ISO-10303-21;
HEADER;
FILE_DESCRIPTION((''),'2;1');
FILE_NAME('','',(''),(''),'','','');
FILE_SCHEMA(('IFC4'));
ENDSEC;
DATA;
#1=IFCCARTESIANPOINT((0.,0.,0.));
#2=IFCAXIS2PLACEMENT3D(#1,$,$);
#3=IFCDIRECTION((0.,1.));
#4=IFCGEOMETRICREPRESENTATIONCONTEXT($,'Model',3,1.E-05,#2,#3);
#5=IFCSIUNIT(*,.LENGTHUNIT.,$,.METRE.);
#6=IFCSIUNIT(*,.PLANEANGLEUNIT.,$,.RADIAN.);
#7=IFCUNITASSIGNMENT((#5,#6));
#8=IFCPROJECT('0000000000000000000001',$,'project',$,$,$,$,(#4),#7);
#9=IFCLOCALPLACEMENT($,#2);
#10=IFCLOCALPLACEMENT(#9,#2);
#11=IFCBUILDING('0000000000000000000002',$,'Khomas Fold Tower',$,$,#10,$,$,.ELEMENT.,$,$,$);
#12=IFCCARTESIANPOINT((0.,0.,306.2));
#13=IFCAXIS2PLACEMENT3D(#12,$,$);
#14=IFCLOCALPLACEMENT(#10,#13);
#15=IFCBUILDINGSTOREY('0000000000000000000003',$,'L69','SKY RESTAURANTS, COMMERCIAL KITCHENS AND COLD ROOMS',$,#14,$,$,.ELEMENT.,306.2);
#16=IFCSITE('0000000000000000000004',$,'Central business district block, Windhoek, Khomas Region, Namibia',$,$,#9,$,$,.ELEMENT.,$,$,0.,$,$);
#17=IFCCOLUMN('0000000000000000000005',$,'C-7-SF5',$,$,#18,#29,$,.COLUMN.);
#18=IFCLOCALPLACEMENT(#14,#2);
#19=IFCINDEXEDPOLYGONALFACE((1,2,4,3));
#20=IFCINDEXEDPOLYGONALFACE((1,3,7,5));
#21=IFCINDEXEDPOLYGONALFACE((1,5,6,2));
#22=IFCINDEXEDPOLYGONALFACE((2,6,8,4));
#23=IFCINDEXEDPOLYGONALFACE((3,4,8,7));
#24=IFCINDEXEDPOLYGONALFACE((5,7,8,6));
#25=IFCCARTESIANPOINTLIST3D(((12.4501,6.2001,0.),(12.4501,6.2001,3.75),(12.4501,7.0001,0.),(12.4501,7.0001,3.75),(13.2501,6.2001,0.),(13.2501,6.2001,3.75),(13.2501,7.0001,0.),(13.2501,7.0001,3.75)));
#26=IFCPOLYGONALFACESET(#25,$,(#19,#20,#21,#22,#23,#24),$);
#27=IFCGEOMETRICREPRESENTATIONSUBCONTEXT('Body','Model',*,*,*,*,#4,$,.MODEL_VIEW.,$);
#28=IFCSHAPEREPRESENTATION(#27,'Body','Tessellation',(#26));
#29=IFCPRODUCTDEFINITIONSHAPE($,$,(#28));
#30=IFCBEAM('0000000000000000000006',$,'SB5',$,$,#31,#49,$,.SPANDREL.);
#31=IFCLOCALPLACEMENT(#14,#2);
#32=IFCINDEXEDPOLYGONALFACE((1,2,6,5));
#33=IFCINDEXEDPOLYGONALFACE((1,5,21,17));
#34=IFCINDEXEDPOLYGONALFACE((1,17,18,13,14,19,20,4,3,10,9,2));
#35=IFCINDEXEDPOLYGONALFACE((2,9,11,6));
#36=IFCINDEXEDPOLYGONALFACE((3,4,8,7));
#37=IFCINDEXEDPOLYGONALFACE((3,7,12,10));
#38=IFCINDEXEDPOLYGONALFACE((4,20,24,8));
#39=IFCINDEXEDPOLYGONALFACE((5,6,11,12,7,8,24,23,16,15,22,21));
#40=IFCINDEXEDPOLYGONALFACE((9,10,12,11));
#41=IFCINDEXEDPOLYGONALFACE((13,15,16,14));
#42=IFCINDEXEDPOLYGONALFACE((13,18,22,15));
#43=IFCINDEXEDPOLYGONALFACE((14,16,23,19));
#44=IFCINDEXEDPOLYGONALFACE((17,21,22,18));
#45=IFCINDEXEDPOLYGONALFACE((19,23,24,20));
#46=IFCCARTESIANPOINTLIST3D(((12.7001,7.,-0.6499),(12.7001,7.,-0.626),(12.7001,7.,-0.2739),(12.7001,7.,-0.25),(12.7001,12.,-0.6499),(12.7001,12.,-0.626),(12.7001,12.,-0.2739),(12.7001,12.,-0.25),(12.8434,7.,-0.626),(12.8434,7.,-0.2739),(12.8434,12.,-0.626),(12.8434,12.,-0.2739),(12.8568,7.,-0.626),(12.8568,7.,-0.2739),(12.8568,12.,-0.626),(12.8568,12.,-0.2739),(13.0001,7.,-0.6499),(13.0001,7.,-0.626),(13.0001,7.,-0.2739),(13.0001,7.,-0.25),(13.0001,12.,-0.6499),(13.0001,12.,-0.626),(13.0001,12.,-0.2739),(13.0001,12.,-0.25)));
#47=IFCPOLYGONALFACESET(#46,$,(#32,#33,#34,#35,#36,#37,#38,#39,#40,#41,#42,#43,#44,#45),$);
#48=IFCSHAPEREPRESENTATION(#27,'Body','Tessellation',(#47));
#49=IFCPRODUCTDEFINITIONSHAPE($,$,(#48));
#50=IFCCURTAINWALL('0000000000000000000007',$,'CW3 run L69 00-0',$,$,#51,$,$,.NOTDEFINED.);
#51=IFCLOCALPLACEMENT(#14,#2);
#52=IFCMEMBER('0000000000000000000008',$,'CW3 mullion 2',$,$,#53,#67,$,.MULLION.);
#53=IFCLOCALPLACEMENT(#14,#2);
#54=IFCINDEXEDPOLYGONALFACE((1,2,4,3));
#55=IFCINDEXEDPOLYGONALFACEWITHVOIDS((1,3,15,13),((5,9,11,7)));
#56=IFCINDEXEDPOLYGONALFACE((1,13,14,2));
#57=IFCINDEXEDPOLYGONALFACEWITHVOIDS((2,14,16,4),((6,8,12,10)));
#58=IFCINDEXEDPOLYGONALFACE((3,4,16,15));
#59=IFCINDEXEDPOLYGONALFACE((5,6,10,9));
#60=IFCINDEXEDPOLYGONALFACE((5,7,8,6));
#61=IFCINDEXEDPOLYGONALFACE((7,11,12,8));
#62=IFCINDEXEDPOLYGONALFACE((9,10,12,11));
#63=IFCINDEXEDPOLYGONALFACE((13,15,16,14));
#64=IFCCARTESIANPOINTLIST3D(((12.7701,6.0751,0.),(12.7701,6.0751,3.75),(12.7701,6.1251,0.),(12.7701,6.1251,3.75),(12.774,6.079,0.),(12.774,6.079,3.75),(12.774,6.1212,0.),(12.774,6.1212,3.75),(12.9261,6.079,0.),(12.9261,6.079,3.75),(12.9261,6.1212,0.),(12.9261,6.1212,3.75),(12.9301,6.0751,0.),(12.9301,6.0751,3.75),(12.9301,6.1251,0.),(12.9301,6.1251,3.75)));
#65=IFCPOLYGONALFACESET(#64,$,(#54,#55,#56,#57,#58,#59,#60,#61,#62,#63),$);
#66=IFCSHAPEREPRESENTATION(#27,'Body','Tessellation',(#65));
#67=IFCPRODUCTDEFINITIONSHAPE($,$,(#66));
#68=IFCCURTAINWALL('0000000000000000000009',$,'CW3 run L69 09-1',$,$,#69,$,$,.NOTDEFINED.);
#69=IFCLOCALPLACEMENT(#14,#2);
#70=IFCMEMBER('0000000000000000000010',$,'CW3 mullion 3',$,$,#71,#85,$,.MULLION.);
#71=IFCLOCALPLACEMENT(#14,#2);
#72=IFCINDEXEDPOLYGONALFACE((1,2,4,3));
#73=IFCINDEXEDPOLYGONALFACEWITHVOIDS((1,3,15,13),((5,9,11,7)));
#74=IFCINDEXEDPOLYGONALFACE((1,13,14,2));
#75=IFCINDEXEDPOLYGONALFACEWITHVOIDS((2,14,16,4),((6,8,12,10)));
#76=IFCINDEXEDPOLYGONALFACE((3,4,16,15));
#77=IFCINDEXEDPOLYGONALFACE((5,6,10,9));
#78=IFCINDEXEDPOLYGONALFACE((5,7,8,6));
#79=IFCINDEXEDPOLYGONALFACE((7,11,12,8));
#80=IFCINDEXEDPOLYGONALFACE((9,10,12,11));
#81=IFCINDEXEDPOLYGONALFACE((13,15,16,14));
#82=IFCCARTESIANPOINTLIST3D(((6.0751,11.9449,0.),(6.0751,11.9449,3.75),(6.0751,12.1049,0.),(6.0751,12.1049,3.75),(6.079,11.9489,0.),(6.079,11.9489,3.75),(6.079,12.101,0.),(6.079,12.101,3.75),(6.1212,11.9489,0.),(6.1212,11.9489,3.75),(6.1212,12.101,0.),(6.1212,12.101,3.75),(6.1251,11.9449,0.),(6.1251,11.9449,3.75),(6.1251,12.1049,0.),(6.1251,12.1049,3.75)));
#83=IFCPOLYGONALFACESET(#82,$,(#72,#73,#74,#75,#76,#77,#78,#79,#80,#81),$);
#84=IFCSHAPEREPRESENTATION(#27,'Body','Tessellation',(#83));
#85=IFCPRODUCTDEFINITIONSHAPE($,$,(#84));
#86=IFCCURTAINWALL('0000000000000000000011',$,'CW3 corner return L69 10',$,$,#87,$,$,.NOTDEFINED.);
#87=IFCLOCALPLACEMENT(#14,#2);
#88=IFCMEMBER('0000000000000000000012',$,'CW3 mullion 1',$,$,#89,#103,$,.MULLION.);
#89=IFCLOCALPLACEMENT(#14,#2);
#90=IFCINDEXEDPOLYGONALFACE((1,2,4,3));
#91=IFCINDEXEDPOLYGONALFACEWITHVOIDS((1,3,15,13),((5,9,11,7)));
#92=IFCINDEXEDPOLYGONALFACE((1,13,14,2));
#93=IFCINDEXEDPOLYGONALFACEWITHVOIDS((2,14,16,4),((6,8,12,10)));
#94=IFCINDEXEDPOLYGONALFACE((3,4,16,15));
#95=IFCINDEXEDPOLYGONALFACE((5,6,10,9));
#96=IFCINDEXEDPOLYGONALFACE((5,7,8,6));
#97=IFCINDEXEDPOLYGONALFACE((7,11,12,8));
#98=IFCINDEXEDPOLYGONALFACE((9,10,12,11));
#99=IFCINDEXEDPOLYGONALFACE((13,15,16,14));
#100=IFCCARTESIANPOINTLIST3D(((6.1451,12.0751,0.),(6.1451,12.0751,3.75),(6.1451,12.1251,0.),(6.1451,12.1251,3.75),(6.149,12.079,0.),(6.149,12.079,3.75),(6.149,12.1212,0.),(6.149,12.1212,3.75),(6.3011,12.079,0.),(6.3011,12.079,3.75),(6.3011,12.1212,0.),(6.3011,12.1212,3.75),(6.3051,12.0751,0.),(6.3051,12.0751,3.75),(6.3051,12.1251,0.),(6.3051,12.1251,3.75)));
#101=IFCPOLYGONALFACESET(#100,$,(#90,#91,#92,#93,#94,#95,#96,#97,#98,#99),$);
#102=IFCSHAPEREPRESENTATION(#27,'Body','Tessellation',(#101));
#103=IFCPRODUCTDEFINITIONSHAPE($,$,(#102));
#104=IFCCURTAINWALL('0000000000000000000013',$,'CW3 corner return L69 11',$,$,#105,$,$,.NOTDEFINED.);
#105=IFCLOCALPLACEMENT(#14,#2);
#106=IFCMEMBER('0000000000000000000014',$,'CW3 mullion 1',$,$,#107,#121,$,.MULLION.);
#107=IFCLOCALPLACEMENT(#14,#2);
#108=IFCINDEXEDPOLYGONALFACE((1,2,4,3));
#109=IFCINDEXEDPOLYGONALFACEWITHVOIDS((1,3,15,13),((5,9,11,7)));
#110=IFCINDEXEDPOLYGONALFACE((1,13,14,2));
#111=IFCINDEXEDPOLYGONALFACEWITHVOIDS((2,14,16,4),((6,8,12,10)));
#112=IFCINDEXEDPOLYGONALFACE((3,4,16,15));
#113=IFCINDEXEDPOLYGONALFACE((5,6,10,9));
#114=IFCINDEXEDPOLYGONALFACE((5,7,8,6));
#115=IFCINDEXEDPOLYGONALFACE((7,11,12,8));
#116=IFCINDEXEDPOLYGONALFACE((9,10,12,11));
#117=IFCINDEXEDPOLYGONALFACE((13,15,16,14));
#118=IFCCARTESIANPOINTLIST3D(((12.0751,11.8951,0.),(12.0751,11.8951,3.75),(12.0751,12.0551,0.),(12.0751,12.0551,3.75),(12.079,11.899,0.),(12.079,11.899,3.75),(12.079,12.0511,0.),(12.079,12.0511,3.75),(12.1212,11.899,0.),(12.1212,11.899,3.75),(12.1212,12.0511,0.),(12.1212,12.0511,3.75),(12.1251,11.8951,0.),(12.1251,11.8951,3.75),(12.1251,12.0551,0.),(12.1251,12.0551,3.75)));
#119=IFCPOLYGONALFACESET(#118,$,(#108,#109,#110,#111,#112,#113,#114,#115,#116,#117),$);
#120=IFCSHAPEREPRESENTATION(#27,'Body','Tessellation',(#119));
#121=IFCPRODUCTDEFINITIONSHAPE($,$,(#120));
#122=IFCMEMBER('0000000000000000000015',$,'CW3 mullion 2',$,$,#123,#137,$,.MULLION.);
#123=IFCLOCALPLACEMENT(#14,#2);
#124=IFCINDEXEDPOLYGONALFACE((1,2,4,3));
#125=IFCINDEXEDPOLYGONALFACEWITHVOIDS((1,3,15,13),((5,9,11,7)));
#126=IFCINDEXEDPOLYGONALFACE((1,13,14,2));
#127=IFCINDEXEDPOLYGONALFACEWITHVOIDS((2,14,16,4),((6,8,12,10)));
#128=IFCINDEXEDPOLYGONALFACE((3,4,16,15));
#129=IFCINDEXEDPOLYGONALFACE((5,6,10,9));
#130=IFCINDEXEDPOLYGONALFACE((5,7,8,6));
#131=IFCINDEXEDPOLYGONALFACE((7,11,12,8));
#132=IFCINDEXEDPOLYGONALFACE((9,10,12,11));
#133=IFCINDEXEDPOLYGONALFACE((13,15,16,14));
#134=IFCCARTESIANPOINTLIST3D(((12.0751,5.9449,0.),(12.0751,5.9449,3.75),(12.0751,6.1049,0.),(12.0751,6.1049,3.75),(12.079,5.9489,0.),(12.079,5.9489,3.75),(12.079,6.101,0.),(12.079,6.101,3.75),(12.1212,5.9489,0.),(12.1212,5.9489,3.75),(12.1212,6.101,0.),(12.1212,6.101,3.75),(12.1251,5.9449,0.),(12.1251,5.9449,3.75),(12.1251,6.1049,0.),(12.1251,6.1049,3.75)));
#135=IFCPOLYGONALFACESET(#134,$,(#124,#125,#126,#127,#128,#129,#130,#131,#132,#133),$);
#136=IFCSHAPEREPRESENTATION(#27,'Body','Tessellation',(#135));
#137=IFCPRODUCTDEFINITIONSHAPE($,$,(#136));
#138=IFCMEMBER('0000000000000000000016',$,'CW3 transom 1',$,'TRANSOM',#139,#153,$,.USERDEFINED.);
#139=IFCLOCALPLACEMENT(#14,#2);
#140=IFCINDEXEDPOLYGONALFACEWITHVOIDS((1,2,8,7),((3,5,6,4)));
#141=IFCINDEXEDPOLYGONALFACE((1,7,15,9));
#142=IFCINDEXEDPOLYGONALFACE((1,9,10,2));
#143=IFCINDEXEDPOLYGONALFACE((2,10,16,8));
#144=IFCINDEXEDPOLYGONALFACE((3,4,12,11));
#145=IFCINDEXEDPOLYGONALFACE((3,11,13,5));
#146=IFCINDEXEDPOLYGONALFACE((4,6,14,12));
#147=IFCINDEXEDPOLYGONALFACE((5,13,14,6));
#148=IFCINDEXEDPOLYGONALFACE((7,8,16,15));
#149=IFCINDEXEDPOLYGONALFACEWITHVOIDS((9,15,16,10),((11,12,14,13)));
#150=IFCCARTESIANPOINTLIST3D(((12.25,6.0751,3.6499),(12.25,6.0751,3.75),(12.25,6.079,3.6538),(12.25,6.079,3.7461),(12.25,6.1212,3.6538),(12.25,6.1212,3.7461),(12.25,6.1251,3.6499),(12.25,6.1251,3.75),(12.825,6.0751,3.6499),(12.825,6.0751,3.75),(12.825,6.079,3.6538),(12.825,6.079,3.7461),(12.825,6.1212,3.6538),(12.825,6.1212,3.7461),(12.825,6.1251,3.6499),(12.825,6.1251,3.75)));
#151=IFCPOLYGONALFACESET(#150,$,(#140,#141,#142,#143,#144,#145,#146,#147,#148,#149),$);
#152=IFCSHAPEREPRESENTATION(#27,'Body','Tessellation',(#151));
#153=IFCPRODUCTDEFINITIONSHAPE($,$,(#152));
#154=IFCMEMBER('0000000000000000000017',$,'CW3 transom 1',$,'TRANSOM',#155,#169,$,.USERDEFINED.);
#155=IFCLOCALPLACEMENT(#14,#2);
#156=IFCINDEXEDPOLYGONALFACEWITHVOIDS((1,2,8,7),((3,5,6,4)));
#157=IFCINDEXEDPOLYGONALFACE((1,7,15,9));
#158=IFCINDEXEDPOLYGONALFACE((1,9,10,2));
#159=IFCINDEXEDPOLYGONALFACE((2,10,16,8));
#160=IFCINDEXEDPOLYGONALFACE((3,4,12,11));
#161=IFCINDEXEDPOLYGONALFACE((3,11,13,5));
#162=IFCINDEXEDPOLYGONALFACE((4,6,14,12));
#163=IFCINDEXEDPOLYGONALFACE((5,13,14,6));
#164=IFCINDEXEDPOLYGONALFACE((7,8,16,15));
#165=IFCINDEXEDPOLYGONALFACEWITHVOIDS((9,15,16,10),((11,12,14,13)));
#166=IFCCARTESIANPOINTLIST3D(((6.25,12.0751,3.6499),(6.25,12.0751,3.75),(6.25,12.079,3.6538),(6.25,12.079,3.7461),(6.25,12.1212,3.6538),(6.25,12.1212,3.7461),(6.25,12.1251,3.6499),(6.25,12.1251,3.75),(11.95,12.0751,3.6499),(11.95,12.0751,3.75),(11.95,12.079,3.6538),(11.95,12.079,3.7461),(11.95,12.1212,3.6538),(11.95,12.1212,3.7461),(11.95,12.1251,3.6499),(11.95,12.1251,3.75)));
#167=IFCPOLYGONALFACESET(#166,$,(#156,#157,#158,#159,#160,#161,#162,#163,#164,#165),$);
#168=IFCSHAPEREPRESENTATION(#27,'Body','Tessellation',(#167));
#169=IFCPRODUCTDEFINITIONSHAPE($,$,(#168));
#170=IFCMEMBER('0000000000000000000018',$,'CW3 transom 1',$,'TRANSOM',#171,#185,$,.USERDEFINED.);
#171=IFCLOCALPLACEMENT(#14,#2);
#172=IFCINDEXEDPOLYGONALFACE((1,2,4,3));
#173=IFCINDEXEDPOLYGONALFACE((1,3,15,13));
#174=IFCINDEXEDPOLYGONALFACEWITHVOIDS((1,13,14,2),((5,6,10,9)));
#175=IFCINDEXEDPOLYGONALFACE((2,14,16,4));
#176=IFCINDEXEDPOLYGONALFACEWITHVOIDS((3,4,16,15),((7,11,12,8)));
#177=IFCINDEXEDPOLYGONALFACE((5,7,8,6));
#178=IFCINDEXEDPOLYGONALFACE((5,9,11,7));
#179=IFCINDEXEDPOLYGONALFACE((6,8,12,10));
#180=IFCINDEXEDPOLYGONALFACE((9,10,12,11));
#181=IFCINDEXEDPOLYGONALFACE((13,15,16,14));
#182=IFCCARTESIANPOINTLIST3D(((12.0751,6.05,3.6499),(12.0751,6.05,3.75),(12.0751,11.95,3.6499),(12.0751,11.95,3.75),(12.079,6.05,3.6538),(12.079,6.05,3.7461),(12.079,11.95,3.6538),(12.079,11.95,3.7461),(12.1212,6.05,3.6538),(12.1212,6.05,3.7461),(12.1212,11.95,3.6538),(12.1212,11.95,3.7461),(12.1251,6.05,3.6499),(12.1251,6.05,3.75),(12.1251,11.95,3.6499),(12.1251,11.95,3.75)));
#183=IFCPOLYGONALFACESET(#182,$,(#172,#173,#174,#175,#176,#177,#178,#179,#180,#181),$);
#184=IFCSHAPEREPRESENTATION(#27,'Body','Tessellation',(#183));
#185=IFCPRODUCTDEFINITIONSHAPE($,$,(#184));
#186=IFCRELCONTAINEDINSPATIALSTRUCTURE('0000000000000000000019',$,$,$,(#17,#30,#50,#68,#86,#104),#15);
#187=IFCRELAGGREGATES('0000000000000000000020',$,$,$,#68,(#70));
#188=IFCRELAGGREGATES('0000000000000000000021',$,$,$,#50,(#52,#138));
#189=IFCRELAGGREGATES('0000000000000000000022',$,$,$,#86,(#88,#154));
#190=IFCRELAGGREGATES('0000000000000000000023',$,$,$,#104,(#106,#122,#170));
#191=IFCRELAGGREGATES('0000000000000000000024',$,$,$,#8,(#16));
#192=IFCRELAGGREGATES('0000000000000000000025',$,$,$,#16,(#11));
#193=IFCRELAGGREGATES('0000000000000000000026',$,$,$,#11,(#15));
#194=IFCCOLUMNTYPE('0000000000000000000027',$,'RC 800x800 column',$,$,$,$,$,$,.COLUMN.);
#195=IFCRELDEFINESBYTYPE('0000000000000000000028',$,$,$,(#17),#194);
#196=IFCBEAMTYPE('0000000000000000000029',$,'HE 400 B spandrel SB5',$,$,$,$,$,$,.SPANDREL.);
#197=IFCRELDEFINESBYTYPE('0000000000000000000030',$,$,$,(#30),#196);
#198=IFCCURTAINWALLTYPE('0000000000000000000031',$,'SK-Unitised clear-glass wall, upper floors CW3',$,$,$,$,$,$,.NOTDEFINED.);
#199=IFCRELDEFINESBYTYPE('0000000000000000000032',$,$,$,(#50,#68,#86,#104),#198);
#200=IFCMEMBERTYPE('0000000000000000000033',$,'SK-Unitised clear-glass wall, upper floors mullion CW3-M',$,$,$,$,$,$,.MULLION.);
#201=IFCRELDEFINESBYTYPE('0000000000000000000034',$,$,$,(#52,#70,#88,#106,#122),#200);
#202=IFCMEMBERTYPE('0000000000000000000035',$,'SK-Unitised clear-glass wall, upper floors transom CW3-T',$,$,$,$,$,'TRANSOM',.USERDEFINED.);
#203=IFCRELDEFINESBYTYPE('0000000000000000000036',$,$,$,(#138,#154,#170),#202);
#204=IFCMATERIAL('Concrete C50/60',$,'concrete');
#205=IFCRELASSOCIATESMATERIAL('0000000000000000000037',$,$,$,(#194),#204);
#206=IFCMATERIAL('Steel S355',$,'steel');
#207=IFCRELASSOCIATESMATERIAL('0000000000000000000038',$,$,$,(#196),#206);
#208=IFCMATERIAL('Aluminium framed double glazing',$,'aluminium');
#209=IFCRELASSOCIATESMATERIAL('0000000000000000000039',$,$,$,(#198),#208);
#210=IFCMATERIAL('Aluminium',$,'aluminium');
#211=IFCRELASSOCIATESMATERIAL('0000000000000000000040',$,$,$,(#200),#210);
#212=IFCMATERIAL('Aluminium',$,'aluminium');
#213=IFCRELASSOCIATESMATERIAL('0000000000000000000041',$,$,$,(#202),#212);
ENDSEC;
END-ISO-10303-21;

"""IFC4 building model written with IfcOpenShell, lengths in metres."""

from ifc_helpers import new_model, si_unit, direction, frame, origin, origin_2d, place, context, subcontext, project, spatial, rectangle, hollow_rectangle, i_section, extrude, source, transform, mapped, material, material_profile, profile_set, type_object, element, aggregate, save


model = new_model("IFC4")

# Units and contexts
model_context = context("Model", 3, precision=1e-05, world=origin(), true_north=direction((0.0, 1.0)))
body_context = subcontext(model_context, "Body", "Model", "MODEL_VIEW")
ifc_project = project(units=[si_unit("LENGTHUNIT", "METRE"), si_unit("PLANEANGLEUNIT", "RADIAN")], contexts=[model_context])

# Site, building, storey
site_placement = place(None, origin())
site = spatial("IfcSite", under=ifc_project, at=site_placement, Name="Central business district block, Windhoek, Khomas Region, Namibia", CompositionType="ELEMENT", RefElevation=0.0)
building_placement = place(site_placement, origin())
building = spatial("IfcBuilding", under=site, at=building_placement, Name="Khomas Fold Tower", CompositionType="ELEMENT")
storey_placement = place(building_placement, frame((0.0, 0.0, 306.2)))
storey = spatial("IfcBuildingStorey", under=building, at=storey_placement, Name="L69", Description="SKY RESTAURANTS, COMMERCIAL KITCHENS AND COLD ROOMS", CompositionType="ELEMENT", Elevation=306.2)

# Column
ifc_material_1 = material(Name="Concrete C50/60", Category="concrete")
ifc_material_profile_1 = material_profile(ifc_material_1, rectangle(XDim=0.8, YDim=0.8, at=origin_2d()), Name="RC 800x800")
ifc_profile_set_1 = profile_set([ifc_material_profile_1], Name="Concrete C50/60")
column_type = type_object("IfcColumnType", Name="RC 800x800 column", PredefinedType="COLUMN", material=ifc_profile_set_1)
shared_shape_1 = source(origin(), body_context, "Body", "SweptSolid", [
    extrude(rectangle(XDim=0.8, YDim=0.8, at=origin_2d()), origin(), (0.0, 0.0, 1.0), 3.75),
])
column_placement = place(storey_placement, frame((12.8501, 6.6001, 0.0), z_axis=(0.0, 0.0, 1.0), x_axis=(1.0, 0.0, 0.0)))
element("IfcColumn", 1, at=column_placement, inside=storey, type_object=column_type, Name="C-7-SF5", PredefinedType="COLUMN", context=body_context, shape_type="MappedRepresentation", body=[
    mapped(shared_shape_1, transform((0.0, 0.0, 0.0))),
])

# Beam
ifc_material_2 = material(Name="Steel S355", Category="steel")
ifc_material_profile_2 = material_profile(ifc_material_2, i_section(OverallWidth=0.3, OverallDepth=0.3999, WebThickness=0.0134, FlangeThickness=0.0239, at=origin_2d()), Name="HE 400 B")
ifc_profile_set_2 = profile_set([ifc_material_profile_2], Name="Steel S355")
beam_type = type_object("IfcBeamType", Name="HE 400 B spandrel SB5", PredefinedType="SPANDREL", material=ifc_profile_set_2)
shared_shape_2 = source(origin(), body_context, "Body", "SweptSolid", [
    extrude(i_section(OverallWidth=0.3, OverallDepth=0.3999, WebThickness=0.0134, FlangeThickness=0.0239, at=origin_2d()), origin(), (0.0, 0.0, 1.0), 5.0),
])
beam_placement = place(storey_placement, frame((12.8501, 7.0, -0.45), z_axis=(0.0, 1.0, 0.0), x_axis=(-1.0, 0.0, 0.0)))
element("IfcBeam", 2, at=beam_placement, inside=storey, type_object=beam_type, Name="SB5", PredefinedType="SPANDREL", context=body_context, shape_type="MappedRepresentation", body=[
    mapped(shared_shape_2, transform((0.0, 0.0, 0.0))),
])

# Curtain walls, members
ifc_material_3 = material(Name="Aluminium framed double glazing", Category="aluminium")
curtain_wall_type = type_object("IfcCurtainWallType", Name="SK-Unitised clear-glass wall, upper floors CW3", PredefinedType="NOTDEFINED", material=ifc_material_3)
curtain_wall_1_placement = place(storey_placement, origin())
curtain_wall_1 = element("IfcCurtainWall", 3, at=curtain_wall_1_placement, inside=storey, type_object=curtain_wall_type, Name="CW3 run L69 00-0", PredefinedType="NOTDEFINED")
ifc_material_4 = material(Name="Aluminium", Category="aluminium")
ifc_material_profile_3 = material_profile(ifc_material_4, hollow_rectangle(XDim=0.05, YDim=0.1599, WallThickness=0.0039, at=origin_2d()), Name="SK-Unitised clear-glass wall, upper floors mullion CW3-M")
ifc_profile_set_3 = profile_set([ifc_material_profile_3], Name="Aluminium")
member_type_1 = type_object("IfcMemberType", Name="SK-Unitised clear-glass wall, upper floors mullion CW3-M", PredefinedType="MULLION", material=ifc_profile_set_3)
shared_shape_3 = source(origin(), body_context, "Body", "SweptSolid", [
    extrude(hollow_rectangle(XDim=0.05, YDim=0.1599, WallThickness=0.0039, at=origin_2d()), origin(), (0.0, 0.0, 1.0), 3.75),
])
member_1_placement = place(storey_placement, frame((12.8501, 6.1001, 0.0), z_axis=(0.0, 0.0, 1.0), x_axis=(0.0, 1.0, 0.0)))
member_1 = element("IfcMember", 4, at=member_1_placement, type_object=member_type_1, Name="CW3 mullion 2", PredefinedType="MULLION", context=body_context, shape_type="MappedRepresentation", body=[
    mapped(shared_shape_3, transform((0.0, 0.0, 0.0))),
])
curtain_wall_2_placement = place(storey_placement, origin())
curtain_wall_2 = element("IfcCurtainWall", 5, at=curtain_wall_2_placement, inside=storey, type_object=curtain_wall_type, Name="CW3 run L69 09-1", PredefinedType="NOTDEFINED")
member_2_placement = place(storey_placement, frame((6.1001, 12.0249, 0.0), z_axis=(0.0, 0.0, 1.0), x_axis=(1.0, 0.0, 0.0)))
member_2 = element("IfcMember", 6, at=member_2_placement, type_object=member_type_1, Name="CW3 mullion 3", PredefinedType="MULLION", context=body_context, shape_type="MappedRepresentation", body=[
    mapped(shared_shape_3, transform((0.0, 0.0, 0.0))),
])
aggregate(curtain_wall_2, [member_2])
curtain_wall_3_placement = place(storey_placement, origin())
curtain_wall_3 = element("IfcCurtainWall", 7, at=curtain_wall_3_placement, inside=storey, type_object=curtain_wall_type, Name="CW3 corner return L69 10", PredefinedType="NOTDEFINED")
member_3_placement = place(storey_placement, frame((6.2251, 12.1001, 0.0), z_axis=(0.0, 0.0, 1.0), x_axis=(0.0, 1.0, 0.0)))
member_3 = element("IfcMember", 8, at=member_3_placement, type_object=member_type_1, Name="CW3 mullion 1", PredefinedType="MULLION", context=body_context, shape_type="MappedRepresentation", body=[
    mapped(shared_shape_3, transform((0.0, 0.0, 0.0))),
])

# Curtain wall, members
curtain_wall_4_placement = place(storey_placement, origin())
curtain_wall_4 = element("IfcCurtainWall", 9, at=curtain_wall_4_placement, inside=storey, type_object=curtain_wall_type, Name="CW3 corner return L69 11", PredefinedType="NOTDEFINED")
member_4_placement = place(storey_placement, frame((12.1001, 11.9751, 0.0), z_axis=(0.0, 0.0, 1.0), x_axis=(1.0, 0.0, 0.0)))
member_4 = element("IfcMember", 10, at=member_4_placement, type_object=member_type_1, Name="CW3 mullion 1", PredefinedType="MULLION", context=body_context, shape_type="MappedRepresentation", body=[
    mapped(shared_shape_3, transform((0.0, 0.0, 0.0))),
])
member_5_placement = place(storey_placement, frame((12.1001, 6.0249, 0.0), z_axis=(0.0, 0.0, 1.0), x_axis=(1.0, 0.0, 0.0)))
member_5 = element("IfcMember", 11, at=member_5_placement, type_object=member_type_1, Name="CW3 mullion 2", PredefinedType="MULLION", context=body_context, shape_type="MappedRepresentation", body=[
    mapped(shared_shape_3, transform((0.0, 0.0, 0.0))),
])

# Members
ifc_material_5 = material(Name="Aluminium", Category="aluminium")
ifc_material_profile_4 = material_profile(ifc_material_5, hollow_rectangle(XDim=0.05, YDim=0.1001, WallThickness=0.0039, at=origin_2d()), Name="SK-Unitised clear-glass wall, upper floors transom CW3-T")
ifc_profile_set_4 = profile_set([ifc_material_profile_4], Name="Aluminium")
member_type_2 = type_object("IfcMemberType", Name="SK-Unitised clear-glass wall, upper floors transom CW3-T", ElementType="TRANSOM", PredefinedType="USERDEFINED", material=ifc_profile_set_4)
shared_shape_4 = source(origin(), body_context, "Body", "SweptSolid", [
    extrude(hollow_rectangle(XDim=0.05, YDim=0.1001, WallThickness=0.0039, at=origin_2d()), origin(), (0.0, 0.0, 1.0), 0.575),
])
member_6_placement = place(storey_placement, frame((12.25, 6.1001, 3.7), z_axis=(1.0, 0.0, 0.0), x_axis=(0.0, 1.0, 0.0)))
member_6 = element("IfcMember", 12, at=member_6_placement, type_object=member_type_2, Name="CW3 transom 1", ObjectType="TRANSOM", PredefinedType="USERDEFINED", context=body_context, shape_type="MappedRepresentation", body=[
    mapped(shared_shape_4, transform((0.0, 0.0, 0.0))),
])
shared_shape_5 = source(origin(), body_context, "Body", "SweptSolid", [
    extrude(hollow_rectangle(XDim=0.05, YDim=0.1001, WallThickness=0.0039, at=origin_2d()), origin(), (0.0, 0.0, 1.0), 5.7),
])
member_7_placement = place(storey_placement, frame((6.25, 12.1001, 3.7), z_axis=(1.0, 0.0, 0.0), x_axis=(0.0, 1.0, 0.0)))
member_7 = element("IfcMember", 13, at=member_7_placement, type_object=member_type_2, Name="CW3 transom 1", ObjectType="TRANSOM", PredefinedType="USERDEFINED", context=body_context, shape_type="MappedRepresentation", body=[
    mapped(shared_shape_5, transform((0.0, 0.0, 0.0))),
])
shared_shape_6 = source(origin(), body_context, "Body", "SweptSolid", [
    extrude(hollow_rectangle(XDim=0.05, YDim=0.1001, WallThickness=0.0039, at=origin_2d()), origin(), (0.0, 0.0, 1.0), 5.8999),
])
member_8_placement = place(storey_placement, frame((12.1001, 11.95, 3.7), z_axis=(0.0, -1.0, 0.0), x_axis=(1.0, 0.0, 0.0)))
member_8 = element("IfcMember", 14, at=member_8_placement, type_object=member_type_2, Name="CW3 transom 1", ObjectType="TRANSOM", PredefinedType="USERDEFINED", context=body_context, shape_type="MappedRepresentation", body=[
    mapped(shared_shape_6, transform((0.0, 0.0, 0.0))),
])

aggregate(curtain_wall_1, [member_1, member_6])
aggregate(curtain_wall_3, [member_3, member_7])
aggregate(curtain_wall_4, [member_4, member_5, member_8])

save(model, "model.ifc")
